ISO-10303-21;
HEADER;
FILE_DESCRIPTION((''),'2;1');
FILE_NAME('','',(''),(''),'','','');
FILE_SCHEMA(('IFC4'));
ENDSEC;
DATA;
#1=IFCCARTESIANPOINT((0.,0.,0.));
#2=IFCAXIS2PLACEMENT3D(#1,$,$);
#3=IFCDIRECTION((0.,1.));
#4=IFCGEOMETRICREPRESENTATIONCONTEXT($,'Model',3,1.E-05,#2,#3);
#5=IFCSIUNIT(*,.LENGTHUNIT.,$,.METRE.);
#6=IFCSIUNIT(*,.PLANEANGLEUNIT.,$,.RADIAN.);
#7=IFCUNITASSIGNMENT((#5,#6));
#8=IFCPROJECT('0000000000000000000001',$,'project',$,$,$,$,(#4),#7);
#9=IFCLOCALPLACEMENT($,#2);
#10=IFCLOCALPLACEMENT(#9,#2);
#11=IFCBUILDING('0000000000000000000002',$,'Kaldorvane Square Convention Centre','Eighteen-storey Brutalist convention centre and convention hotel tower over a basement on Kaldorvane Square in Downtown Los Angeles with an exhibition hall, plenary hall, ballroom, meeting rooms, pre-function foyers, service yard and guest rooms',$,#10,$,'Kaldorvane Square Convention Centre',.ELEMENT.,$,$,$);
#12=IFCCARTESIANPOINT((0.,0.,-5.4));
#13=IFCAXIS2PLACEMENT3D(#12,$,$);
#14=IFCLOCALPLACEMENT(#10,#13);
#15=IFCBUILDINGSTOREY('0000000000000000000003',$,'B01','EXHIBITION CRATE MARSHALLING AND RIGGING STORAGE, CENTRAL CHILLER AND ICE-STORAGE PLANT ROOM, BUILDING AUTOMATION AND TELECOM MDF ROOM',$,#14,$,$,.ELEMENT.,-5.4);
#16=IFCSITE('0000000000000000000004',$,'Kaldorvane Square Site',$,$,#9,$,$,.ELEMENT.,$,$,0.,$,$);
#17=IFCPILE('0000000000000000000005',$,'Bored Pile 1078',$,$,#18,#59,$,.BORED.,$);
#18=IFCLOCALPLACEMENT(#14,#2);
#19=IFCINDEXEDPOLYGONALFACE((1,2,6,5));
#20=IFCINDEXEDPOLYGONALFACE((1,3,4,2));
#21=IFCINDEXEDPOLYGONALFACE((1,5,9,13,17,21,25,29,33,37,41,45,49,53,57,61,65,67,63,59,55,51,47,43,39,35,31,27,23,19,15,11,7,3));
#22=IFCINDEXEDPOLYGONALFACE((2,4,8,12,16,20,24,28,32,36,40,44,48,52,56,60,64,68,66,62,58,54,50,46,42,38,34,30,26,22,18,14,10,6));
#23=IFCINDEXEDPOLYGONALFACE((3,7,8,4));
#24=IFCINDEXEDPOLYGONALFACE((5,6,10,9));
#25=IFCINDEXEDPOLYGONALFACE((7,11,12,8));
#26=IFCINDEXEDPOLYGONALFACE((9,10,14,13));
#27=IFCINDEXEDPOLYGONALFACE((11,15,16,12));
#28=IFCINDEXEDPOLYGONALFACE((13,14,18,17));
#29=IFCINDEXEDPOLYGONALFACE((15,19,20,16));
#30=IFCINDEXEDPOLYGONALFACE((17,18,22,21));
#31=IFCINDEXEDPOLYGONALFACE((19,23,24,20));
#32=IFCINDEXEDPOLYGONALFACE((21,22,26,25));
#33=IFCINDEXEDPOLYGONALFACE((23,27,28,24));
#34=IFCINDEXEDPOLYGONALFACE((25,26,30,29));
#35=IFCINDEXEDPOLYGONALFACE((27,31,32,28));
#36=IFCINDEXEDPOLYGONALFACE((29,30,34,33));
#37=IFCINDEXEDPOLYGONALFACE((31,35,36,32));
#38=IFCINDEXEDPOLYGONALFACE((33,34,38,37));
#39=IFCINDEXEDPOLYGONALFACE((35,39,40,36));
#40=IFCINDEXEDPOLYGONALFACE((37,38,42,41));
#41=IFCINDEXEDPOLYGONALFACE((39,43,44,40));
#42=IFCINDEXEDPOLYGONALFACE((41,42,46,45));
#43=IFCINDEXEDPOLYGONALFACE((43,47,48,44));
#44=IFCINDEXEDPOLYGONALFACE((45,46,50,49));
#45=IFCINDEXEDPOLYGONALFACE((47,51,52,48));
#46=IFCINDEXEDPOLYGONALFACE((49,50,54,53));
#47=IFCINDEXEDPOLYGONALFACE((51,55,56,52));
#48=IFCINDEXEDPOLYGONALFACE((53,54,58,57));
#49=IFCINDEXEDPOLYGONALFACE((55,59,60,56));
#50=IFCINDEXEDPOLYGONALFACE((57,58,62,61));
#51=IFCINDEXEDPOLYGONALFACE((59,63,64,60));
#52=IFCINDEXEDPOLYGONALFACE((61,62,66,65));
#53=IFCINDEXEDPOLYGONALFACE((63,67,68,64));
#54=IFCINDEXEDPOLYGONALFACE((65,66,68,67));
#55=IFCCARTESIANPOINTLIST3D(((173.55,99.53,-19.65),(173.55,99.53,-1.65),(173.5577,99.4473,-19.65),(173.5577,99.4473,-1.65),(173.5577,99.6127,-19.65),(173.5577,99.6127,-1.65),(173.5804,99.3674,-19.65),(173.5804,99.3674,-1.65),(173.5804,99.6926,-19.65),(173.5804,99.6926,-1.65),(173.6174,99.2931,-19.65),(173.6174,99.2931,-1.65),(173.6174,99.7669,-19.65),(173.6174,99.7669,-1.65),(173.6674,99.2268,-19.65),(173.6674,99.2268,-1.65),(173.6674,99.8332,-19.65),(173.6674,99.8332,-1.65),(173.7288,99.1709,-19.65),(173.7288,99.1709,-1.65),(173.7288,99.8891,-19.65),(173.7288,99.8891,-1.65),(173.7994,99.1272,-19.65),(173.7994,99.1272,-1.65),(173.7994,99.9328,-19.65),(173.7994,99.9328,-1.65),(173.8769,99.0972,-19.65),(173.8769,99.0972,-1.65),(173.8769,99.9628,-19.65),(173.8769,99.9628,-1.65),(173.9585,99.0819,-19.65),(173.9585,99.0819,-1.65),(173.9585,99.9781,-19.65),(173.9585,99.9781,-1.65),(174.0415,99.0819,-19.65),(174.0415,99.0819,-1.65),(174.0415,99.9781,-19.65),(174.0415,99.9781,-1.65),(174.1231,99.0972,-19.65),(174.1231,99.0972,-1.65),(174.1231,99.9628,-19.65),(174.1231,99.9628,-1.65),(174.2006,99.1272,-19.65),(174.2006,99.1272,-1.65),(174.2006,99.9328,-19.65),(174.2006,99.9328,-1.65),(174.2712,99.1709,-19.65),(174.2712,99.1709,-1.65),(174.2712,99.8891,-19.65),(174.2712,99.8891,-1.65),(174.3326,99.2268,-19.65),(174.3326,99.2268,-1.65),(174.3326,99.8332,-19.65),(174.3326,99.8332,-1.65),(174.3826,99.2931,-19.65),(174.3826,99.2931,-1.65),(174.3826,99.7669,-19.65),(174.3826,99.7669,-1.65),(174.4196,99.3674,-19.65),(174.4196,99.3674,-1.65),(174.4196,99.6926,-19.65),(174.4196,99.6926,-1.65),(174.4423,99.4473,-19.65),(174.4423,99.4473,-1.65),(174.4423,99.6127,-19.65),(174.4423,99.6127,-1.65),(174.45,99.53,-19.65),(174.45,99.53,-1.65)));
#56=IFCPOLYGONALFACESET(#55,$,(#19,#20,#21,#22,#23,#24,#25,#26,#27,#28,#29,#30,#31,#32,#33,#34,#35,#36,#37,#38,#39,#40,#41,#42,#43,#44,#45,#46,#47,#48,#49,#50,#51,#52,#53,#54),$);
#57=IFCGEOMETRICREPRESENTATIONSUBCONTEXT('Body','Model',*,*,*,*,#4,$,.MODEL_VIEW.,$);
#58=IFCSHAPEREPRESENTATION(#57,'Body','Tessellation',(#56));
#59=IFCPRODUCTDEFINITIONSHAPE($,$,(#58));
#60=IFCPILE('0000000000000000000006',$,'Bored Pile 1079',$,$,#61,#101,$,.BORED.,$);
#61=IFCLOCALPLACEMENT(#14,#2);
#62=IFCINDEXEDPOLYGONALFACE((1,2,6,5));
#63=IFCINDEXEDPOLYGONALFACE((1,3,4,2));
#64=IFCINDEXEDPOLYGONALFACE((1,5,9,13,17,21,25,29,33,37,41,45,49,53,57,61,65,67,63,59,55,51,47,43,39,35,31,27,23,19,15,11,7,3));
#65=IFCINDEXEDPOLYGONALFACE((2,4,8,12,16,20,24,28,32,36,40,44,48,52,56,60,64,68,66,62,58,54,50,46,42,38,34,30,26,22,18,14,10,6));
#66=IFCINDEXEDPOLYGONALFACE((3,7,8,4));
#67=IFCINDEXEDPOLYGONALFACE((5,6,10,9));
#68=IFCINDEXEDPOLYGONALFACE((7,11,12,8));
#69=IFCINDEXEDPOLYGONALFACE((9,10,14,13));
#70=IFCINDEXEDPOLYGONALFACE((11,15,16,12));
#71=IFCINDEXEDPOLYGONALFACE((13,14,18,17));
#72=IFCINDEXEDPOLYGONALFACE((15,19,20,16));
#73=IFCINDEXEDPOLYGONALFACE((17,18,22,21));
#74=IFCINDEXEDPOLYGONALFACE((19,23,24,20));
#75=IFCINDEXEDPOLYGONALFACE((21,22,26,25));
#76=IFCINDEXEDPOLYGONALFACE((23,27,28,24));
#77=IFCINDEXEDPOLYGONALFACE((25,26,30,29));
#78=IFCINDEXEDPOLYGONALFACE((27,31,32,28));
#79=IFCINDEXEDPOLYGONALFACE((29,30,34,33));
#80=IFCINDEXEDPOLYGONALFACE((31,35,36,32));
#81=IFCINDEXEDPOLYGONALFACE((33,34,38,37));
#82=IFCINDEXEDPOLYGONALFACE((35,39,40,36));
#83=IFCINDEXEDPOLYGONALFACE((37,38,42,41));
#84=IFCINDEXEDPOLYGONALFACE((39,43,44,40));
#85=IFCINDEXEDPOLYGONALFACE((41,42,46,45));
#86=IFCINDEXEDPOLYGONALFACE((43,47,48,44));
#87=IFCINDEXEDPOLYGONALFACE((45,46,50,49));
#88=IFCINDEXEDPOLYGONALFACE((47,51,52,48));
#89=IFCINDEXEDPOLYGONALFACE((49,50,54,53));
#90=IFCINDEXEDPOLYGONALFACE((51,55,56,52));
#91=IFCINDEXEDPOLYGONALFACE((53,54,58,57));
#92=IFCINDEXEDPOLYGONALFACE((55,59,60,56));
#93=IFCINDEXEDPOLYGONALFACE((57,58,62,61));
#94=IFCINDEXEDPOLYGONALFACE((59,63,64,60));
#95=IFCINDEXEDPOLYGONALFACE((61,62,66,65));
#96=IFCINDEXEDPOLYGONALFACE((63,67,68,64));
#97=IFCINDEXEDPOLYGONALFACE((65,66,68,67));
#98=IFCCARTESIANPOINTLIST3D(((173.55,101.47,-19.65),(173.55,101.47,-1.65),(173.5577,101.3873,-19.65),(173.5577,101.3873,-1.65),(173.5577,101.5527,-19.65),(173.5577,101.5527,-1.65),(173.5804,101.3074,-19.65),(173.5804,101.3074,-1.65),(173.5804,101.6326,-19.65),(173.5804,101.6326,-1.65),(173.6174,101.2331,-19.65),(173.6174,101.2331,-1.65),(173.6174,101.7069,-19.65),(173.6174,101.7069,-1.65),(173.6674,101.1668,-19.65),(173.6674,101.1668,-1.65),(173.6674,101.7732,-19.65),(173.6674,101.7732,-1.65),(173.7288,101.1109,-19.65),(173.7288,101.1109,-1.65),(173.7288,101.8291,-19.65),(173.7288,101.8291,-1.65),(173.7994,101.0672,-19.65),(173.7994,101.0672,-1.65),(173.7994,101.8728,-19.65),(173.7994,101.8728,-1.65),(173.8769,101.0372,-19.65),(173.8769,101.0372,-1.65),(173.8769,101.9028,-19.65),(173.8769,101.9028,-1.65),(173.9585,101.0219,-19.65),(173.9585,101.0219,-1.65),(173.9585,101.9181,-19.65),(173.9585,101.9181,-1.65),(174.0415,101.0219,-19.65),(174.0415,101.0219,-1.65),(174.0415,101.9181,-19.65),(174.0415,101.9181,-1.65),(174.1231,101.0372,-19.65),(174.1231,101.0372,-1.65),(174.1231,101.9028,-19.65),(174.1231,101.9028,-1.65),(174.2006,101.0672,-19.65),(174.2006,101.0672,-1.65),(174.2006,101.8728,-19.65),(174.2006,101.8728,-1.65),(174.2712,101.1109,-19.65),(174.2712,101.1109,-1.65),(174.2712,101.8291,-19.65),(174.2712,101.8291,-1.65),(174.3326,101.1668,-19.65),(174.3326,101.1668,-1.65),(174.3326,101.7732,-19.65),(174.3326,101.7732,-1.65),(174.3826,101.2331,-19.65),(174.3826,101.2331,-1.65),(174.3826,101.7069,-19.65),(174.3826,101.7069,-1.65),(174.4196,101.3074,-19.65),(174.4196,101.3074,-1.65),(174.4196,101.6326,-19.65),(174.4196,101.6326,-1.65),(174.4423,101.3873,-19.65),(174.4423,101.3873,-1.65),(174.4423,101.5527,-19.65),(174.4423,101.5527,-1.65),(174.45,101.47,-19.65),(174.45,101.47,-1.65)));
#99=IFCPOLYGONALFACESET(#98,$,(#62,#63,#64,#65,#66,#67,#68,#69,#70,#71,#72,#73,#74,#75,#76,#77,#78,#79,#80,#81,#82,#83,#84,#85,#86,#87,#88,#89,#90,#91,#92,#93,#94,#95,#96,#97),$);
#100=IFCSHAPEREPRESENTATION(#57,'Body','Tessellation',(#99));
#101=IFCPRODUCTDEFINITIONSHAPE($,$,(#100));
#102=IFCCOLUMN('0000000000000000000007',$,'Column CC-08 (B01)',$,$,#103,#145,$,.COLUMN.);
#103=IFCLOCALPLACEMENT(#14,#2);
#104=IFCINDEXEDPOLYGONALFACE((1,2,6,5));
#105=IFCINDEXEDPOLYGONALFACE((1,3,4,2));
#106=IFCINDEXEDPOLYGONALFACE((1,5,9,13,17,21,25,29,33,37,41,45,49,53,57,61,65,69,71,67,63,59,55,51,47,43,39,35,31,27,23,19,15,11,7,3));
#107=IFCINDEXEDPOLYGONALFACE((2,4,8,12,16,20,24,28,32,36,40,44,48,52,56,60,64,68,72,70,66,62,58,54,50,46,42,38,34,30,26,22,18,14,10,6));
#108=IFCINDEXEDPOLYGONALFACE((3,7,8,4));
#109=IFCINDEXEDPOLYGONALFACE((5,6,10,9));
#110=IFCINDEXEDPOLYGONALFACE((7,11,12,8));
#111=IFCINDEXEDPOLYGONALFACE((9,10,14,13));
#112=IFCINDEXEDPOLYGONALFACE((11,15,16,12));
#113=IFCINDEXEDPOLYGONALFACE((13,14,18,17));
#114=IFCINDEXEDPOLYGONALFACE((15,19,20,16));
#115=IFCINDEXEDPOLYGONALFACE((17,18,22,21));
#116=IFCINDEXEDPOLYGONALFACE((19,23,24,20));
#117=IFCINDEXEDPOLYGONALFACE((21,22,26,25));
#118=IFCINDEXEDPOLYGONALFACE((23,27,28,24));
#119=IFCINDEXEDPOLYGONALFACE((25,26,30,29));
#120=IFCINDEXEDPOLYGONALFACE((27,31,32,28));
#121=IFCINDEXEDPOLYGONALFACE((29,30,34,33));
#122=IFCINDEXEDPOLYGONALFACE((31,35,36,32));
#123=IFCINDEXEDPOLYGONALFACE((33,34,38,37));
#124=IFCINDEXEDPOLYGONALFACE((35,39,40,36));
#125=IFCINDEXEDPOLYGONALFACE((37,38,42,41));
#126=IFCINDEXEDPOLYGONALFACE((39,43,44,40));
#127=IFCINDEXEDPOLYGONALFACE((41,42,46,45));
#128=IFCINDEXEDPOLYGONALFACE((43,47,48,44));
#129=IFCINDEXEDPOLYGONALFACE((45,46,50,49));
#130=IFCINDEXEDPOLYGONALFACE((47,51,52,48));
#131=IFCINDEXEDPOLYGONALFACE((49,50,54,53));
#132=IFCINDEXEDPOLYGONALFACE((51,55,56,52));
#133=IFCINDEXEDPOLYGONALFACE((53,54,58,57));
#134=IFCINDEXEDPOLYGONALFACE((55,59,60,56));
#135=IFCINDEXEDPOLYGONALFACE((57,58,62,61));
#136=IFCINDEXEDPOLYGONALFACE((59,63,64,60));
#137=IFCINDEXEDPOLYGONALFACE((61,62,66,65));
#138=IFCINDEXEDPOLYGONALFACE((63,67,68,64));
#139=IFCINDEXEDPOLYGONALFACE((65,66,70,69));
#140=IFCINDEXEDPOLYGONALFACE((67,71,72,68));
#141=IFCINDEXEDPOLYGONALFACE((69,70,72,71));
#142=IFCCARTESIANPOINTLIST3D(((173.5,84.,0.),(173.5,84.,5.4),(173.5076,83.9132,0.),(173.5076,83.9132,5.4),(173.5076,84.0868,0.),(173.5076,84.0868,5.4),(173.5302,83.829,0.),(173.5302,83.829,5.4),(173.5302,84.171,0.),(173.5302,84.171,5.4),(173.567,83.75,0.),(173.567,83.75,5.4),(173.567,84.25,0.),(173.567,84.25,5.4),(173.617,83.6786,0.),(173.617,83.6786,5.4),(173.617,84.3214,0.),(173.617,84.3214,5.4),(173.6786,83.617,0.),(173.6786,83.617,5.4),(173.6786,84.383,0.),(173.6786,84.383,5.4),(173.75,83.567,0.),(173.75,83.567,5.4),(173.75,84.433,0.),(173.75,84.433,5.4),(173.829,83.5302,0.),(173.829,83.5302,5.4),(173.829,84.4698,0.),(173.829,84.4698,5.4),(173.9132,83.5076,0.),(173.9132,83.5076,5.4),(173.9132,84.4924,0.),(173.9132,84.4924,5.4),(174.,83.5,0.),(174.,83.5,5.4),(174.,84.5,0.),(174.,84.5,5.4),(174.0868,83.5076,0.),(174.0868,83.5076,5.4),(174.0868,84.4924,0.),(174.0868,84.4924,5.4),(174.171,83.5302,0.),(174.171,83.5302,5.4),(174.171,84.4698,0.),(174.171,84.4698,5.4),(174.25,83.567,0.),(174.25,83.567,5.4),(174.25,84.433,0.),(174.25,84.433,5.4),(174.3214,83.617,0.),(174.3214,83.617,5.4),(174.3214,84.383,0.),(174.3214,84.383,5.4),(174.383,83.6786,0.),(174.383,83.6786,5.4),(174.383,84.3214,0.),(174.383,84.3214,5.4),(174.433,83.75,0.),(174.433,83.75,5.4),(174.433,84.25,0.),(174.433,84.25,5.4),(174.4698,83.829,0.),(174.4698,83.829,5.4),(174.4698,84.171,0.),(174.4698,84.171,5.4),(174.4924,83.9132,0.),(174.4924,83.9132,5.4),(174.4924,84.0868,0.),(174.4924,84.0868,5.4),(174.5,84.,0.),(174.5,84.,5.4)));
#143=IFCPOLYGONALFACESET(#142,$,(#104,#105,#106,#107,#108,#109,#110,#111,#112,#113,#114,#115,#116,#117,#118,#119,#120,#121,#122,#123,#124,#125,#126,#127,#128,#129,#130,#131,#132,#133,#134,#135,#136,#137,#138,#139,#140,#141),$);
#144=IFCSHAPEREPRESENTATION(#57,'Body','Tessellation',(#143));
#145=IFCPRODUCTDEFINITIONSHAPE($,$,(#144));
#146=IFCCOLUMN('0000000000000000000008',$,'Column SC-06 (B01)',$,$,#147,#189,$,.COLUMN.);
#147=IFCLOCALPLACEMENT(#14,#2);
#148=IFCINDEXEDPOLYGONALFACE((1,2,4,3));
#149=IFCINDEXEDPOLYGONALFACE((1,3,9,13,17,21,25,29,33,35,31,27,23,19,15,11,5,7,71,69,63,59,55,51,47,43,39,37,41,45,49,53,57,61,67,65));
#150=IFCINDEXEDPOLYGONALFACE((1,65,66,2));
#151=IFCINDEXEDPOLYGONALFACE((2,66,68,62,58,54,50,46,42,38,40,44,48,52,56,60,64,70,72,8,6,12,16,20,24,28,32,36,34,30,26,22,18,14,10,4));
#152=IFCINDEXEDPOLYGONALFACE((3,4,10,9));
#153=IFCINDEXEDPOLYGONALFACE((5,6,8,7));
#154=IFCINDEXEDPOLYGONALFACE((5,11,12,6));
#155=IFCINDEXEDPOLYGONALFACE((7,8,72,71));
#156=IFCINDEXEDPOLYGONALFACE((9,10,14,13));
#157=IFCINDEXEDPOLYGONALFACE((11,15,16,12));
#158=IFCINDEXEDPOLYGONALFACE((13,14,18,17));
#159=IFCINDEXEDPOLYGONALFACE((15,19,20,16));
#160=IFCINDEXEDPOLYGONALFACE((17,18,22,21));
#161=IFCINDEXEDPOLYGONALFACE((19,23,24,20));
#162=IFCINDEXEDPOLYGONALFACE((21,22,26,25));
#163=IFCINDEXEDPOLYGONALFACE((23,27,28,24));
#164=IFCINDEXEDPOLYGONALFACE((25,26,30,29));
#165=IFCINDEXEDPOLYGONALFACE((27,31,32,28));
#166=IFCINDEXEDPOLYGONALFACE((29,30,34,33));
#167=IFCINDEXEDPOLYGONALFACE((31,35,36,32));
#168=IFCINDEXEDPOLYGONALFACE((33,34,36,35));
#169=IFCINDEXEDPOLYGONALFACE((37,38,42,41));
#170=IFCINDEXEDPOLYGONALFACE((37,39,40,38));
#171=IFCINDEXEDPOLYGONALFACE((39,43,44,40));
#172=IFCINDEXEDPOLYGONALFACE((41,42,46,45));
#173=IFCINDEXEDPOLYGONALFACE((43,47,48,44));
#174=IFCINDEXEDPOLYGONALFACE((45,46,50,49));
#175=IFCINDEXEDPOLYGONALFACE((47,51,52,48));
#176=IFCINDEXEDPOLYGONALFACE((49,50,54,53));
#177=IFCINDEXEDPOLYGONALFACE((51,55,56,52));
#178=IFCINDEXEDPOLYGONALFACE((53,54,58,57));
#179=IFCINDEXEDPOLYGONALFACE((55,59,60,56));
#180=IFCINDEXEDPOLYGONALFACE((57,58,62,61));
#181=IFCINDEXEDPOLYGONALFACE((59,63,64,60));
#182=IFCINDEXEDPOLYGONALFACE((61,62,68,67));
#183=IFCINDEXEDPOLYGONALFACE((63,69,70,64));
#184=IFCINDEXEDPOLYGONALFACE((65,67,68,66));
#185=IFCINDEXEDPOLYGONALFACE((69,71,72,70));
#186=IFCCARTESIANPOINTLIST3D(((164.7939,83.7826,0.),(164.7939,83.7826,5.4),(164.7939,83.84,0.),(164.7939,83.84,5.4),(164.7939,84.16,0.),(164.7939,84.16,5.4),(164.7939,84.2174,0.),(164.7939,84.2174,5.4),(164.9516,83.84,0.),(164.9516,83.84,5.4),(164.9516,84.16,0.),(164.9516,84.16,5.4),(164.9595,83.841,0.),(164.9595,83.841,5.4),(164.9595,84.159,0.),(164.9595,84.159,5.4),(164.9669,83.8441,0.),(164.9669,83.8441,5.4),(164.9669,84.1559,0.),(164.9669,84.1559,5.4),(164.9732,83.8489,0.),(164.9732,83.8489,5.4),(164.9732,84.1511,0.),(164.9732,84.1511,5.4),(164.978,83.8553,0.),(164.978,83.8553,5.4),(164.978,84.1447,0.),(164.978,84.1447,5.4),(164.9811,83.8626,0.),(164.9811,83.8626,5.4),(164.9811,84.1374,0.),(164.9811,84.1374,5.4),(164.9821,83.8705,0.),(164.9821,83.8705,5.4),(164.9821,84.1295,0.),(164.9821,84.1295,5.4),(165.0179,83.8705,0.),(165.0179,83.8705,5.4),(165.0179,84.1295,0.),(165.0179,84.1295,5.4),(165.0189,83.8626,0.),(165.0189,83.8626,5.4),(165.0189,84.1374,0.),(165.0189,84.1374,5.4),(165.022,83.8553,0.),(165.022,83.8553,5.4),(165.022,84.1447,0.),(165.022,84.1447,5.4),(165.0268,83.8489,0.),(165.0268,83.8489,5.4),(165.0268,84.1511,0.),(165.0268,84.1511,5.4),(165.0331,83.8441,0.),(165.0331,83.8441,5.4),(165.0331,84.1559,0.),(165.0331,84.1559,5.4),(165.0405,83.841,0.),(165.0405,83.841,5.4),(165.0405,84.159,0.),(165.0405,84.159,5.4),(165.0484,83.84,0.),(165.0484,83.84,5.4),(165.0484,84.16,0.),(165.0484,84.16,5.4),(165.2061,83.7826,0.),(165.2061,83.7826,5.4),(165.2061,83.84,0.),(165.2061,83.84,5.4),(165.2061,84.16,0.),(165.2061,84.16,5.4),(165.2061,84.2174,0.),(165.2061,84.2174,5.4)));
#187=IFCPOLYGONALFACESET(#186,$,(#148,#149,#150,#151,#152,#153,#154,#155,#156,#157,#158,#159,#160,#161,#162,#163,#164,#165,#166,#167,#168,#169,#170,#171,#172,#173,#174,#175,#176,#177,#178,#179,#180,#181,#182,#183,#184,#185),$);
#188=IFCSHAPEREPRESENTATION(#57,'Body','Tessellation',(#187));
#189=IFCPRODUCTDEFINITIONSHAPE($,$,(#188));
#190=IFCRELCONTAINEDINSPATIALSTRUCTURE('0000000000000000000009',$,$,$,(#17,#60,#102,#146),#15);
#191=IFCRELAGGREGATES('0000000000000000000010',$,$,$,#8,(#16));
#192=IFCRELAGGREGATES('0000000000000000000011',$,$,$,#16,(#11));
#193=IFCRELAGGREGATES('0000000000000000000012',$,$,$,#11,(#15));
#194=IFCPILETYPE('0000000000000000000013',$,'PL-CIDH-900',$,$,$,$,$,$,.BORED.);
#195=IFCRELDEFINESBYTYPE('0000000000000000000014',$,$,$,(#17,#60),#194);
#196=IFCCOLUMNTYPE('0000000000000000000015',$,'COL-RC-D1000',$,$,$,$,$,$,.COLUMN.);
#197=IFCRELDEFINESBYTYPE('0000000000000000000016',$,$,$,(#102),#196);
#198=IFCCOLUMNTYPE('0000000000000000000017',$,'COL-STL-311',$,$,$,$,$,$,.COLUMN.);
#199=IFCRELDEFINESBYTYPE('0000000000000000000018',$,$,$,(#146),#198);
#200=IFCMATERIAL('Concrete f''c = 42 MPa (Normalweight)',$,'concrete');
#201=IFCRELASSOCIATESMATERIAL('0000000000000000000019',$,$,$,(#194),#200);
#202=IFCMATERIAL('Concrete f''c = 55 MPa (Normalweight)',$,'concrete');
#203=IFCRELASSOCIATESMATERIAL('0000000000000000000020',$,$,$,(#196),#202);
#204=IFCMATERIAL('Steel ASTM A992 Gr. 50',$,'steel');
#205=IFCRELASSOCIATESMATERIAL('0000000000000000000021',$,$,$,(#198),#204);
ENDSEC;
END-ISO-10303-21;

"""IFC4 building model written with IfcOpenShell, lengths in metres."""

from ifc_helpers import new_model, si_unit, direction, frame, origin, origin_2d, place, context, subcontext, project, spatial, circle, i_section, extrude, material, material_profile, profile_set, type_object, element, save


model = new_model("IFC4")

# Units and contexts
model_context = context("Model", 3, precision=1e-05, world=origin(), true_north=direction((0.0, 1.0)))
body_context = subcontext(model_context, "Body", "Model", "MODEL_VIEW")
ifc_project = project(units=[si_unit("LENGTHUNIT", "METRE"), si_unit("PLANEANGLEUNIT", "RADIAN")], contexts=[model_context])

# Site, building, storey
site_placement = place(None, origin())
site = spatial("IfcSite", under=ifc_project, at=site_placement, Name="Kaldorvane Square Site", CompositionType="ELEMENT", RefElevation=0.0)
building_placement = place(site_placement, origin())
building = spatial("IfcBuilding", under=site, at=building_placement, Name="Kaldorvane Square Convention Centre", Description="Eighteen-storey Brutalist convention centre and convention hotel tower over a basement on Kaldorvane Square in Downtown Los Angeles with an exhibition hall, plenary hall, ballroom, meeting rooms, pre-function foyers, service yard and guest rooms", LongName="Kaldorvane Square Convention Centre", CompositionType="ELEMENT")
storey_placement = place(building_placement, frame((0.0, 0.0, -5.4)))
storey = spatial("IfcBuildingStorey", under=building, at=storey_placement, Name="B01", Description="EXHIBITION CRATE MARSHALLING AND RIGGING STORAGE, CENTRAL CHILLER AND ICE-STORAGE PLANT ROOM, BUILDING AUTOMATION AND TELECOM MDF ROOM", CompositionType="ELEMENT", Elevation=-5.4)

# Shared definitions
ifc_material_1 = material(Name="Concrete f'c = 42 MPa (Normalweight)", Category="concrete")

# Piles
ifc_material_profile_1 = material_profile(ifc_material_1, circle(Radius=0.45, at=origin_2d()), Name="PILE-D900")
ifc_profile_set_1 = profile_set([ifc_material_profile_1], Name="Concrete f'c = 42 MPa (Normalweight)")
pile_type = type_object("IfcPileType", Name="PL-CIDH-900", PredefinedType="BORED", material=ifc_profile_set_1)
for number, where, z_axis, x_axis, name in (
    (1, (174.0, 99.53, -1.65), (0.0, 0.0, -1.0), (1.0, 0.0, 0.0), "Bored Pile 1078"),
    (2, (174.0, 101.47, -1.65), (0.0, 0.0, -1.0), (1.0, 0.0, 0.0), "Bored Pile 1079"),
):
    element("IfcPile", number, at=place(storey_placement, frame(where, z_axis=z_axis, x_axis=x_axis)), inside=storey, type_object=pile_type, Name=name, PredefinedType="BORED", context=body_context, shape_type="SweptSolid", body=[
        extrude(circle(Radius=0.45, at=origin_2d()), origin(), (0.0, 0.0, 1.0), 18.0),
    ])

# Columns
ifc_material_2 = material(Name="Concrete f'c = 55 MPa (Normalweight)", Category="concrete")
ifc_material_profile_2 = material_profile(ifc_material_2, circle(Radius=0.5, at=origin_2d()), Name="RC-D1000")
ifc_profile_set_2 = profile_set([ifc_material_profile_2], Name="Concrete f'c = 55 MPa (Normalweight)")
column_type_1 = type_object("IfcColumnType", Name="COL-RC-D1000", PredefinedType="COLUMN", material=ifc_profile_set_2)
column_1_placement = place(storey_placement, frame((174.0, 84.0, 0.0), z_axis=(0.0, 0.0, 1.0), x_axis=(1.0, 0.0, 0.0)))
element("IfcColumn", 3, at=column_1_placement, inside=storey, type_object=column_type_1, Name="Column CC-08 (B01)", PredefinedType="COLUMN", context=body_context, shape_type="SweptSolid", body=[
    extrude(circle(Radius=0.5, at=origin_2d()), origin(), (0.0, 0.0, 1.0), 5.4),
])
ifc_material_3 = material(Name="Steel ASTM A992 Gr. 50", Category="steel")
ifc_material_profile_3 = material_profile(ifc_material_3, i_section(OverallWidth=0.4122, OverallDepth=0.4348, WebThickness=0.0358, FlangeThickness=0.0574, FilletRadius=0.0305, at=origin_2d()), Name="W14X311")
ifc_profile_set_3 = profile_set([ifc_material_profile_3], Name="Steel ASTM A992 Gr. 50")
column_type_2 = type_object("IfcColumnType", Name="COL-STL-311", PredefinedType="COLUMN", material=ifc_profile_set_3)
for number, where, z_axis, x_axis, name in (
    (4, (165.0, 84.0, 0.0), (0.0, 0.0, 1.0), (1.0, 0.0, 0.0), "Column SC-06 (B01)"),
):
    element("IfcColumn", number, at=place(storey_placement, frame(where, z_axis=z_axis, x_axis=x_axis)), inside=storey, type_object=column_type_2, Name=name, PredefinedType="COLUMN", context=body_context, shape_type="SweptSolid", body=[
        extrude(i_section(OverallWidth=0.4122, OverallDepth=0.4348, WebThickness=0.0358, FlangeThickness=0.0574, FilletRadius=0.0305, at=origin_2d()), origin(), (0.0, 0.0, 1.0), 5.4),
    ])

save(model, "model.ifc")
